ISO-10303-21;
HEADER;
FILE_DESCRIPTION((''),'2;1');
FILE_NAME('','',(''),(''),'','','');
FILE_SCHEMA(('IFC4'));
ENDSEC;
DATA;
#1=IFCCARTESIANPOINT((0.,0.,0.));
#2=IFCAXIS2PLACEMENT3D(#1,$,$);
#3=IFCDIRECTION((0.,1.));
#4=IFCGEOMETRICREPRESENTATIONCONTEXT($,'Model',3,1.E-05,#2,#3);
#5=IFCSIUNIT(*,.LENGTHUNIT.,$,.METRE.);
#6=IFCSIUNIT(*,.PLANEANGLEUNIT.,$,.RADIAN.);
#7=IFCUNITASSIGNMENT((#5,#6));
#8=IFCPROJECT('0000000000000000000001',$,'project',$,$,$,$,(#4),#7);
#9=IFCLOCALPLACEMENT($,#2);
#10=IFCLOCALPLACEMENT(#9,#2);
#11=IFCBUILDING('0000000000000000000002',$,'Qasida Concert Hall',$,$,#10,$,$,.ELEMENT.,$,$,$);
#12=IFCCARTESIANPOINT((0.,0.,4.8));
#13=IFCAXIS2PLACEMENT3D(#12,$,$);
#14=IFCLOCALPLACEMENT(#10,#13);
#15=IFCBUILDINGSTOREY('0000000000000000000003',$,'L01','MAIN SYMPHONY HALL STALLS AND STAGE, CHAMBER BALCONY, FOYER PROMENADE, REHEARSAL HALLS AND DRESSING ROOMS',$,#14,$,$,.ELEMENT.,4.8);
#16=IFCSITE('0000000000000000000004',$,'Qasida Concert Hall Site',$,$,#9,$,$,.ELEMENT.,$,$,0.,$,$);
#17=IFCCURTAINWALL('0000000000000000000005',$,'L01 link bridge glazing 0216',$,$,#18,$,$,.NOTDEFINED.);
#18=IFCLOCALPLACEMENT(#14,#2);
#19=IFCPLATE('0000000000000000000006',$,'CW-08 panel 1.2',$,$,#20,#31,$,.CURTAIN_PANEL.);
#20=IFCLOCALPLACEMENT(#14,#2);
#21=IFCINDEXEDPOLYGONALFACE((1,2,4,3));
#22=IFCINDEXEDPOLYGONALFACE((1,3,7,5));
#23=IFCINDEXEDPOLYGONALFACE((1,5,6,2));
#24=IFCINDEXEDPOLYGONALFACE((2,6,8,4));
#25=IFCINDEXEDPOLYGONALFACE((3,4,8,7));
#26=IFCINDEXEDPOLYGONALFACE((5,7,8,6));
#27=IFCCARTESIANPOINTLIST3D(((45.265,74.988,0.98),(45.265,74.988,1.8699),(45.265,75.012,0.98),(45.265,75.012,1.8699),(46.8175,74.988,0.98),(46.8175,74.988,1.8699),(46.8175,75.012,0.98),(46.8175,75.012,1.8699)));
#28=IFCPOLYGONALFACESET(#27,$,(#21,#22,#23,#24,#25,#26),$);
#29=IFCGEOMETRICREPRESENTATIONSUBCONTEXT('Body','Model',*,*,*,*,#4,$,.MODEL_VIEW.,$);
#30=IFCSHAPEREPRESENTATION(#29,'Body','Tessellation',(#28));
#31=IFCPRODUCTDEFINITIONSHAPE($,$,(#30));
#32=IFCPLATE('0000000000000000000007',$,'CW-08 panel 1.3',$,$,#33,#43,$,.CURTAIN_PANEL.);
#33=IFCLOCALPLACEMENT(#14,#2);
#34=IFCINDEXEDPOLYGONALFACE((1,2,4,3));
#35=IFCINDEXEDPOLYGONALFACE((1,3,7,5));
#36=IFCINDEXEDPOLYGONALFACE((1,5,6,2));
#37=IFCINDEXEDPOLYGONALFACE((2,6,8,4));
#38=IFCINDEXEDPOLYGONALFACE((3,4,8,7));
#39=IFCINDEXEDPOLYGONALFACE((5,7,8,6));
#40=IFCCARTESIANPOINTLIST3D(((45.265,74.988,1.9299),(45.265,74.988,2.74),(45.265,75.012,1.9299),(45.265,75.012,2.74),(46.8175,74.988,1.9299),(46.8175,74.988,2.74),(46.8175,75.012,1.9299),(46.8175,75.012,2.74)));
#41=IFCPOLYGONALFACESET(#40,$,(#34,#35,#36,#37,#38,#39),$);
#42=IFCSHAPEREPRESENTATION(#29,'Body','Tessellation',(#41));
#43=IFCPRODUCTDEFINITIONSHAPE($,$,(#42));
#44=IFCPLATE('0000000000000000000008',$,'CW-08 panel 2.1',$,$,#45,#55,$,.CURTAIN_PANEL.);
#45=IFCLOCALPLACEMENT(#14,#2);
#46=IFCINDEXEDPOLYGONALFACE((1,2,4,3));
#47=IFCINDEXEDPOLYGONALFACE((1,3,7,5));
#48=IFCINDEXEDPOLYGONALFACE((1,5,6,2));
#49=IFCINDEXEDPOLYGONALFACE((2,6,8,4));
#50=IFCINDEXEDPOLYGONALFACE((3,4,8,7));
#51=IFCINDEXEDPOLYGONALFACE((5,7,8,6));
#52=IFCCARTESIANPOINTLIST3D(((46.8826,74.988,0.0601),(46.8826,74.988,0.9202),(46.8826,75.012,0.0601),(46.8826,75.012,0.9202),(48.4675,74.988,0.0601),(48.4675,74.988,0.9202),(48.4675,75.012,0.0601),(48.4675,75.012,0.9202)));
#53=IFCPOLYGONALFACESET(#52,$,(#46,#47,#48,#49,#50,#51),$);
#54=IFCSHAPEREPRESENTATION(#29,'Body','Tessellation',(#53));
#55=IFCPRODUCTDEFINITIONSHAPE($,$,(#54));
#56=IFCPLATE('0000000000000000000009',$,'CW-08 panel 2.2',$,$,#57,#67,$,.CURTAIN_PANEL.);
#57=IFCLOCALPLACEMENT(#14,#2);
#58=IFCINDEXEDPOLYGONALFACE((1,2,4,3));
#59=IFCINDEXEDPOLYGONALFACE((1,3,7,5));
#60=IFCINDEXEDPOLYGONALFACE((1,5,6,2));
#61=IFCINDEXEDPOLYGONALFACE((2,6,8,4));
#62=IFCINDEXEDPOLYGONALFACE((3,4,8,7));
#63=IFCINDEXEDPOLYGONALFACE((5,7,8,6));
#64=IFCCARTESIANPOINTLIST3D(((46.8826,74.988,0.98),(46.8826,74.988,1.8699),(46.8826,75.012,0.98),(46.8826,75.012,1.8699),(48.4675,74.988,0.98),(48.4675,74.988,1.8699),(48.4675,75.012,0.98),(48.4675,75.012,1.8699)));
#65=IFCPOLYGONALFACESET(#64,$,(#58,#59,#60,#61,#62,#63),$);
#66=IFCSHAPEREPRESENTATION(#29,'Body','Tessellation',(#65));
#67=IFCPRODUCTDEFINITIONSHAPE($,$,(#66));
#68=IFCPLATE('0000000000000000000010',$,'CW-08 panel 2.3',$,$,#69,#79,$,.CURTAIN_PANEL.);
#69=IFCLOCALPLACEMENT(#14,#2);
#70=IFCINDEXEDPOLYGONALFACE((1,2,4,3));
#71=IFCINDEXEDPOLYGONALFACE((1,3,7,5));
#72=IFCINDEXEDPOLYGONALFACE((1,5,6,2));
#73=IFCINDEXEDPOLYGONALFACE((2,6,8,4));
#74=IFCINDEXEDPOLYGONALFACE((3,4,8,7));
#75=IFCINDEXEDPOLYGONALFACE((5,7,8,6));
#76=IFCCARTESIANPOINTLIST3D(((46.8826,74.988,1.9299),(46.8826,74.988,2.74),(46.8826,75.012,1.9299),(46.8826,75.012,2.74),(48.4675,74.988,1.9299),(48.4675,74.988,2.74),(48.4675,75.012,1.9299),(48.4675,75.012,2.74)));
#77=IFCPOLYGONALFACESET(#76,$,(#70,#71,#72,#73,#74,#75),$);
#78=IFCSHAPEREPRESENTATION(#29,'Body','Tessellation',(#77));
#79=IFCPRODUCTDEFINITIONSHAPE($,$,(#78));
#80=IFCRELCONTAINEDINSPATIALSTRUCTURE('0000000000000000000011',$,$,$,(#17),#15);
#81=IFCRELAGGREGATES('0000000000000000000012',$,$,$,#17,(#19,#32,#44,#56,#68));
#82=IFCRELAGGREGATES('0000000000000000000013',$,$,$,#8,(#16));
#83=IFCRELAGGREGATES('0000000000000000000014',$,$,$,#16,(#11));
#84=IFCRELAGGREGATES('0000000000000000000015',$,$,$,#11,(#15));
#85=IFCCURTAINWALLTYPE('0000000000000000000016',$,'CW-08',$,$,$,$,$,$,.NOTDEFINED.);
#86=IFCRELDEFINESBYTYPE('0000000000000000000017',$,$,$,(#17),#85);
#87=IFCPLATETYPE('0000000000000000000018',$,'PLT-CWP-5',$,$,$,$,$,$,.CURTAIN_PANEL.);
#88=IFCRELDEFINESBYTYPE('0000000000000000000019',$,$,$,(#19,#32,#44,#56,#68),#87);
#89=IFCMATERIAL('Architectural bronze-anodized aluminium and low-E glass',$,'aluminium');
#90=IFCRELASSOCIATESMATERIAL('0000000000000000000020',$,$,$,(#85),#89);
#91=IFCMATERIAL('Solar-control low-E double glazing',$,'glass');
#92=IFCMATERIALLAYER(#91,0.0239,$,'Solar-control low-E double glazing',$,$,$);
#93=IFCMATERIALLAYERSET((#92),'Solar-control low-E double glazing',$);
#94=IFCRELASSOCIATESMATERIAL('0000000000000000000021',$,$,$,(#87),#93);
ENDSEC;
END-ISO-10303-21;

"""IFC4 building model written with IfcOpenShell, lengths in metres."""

from ifc_helpers import new_model, si_unit, direction, frame, origin, origin_2d, place, context, subcontext, project, spatial, rectangle, extrude, material, layer, layer_set, type_object, element, aggregate, save


model = new_model("IFC4")

# Units and contexts
model_context = context("Model", 3, precision=1e-05, world=origin(), true_north=direction((0.0, 1.0)))
body_context = subcontext(model_context, "Body", "Model", "MODEL_VIEW")
ifc_project = project(units=[si_unit("LENGTHUNIT", "METRE"), si_unit("PLANEANGLEUNIT", "RADIAN")], contexts=[model_context])

# Site, building, storey
site_placement = place(None, origin())
site = spatial("IfcSite", under=ifc_project, at=site_placement, Name="Qasida Concert Hall Site", CompositionType="ELEMENT", RefElevation=0.0)
building_placement = place(site_placement, origin())
building = spatial("IfcBuilding", under=site, at=building_placement, Name="Qasida Concert Hall", CompositionType="ELEMENT")
storey_placement = place(building_placement, frame((0.0, 0.0, 4.8)))
storey = spatial("IfcBuildingStorey", under=building, at=storey_placement, Name="L01", Description="MAIN SYMPHONY HALL STALLS AND STAGE, CHAMBER BALCONY, FOYER PROMENADE, REHEARSAL HALLS AND DRESSING ROOMS", CompositionType="ELEMENT", Elevation=4.8)

# Shared definitions
ifc_material_1 = material(Name="Architectural bronze-anodized aluminium and low-E glass", Category="aluminium")
curtain_wall_type = type_object("IfcCurtainWallType", Name="CW-08", PredefinedType="NOTDEFINED", material=ifc_material_1)

# Curtain wall
curtain_wall_1_placement = place(storey_placement, origin())
curtain_wall_1 = element("IfcCurtainWall", 1, at=curtain_wall_1_placement, inside=storey, type_object=curtain_wall_type, Name="L01 link bridge glazing 0216", PredefinedType="NOTDEFINED")

# Plates
ifc_material_2 = material(Name="Solar-control low-E double glazing", Category="glass")
ifc_layer = layer(ifc_material_2, 0.0239, Name="Solar-control low-E double glazing")
ifc_layer_set = layer_set([ifc_layer], Name="Solar-control low-E double glazing")
plate_type = type_object("IfcPlateType", Name="PLT-CWP-5", PredefinedType="CURTAIN_PANEL", material=ifc_layer_set)
plate_1_placement = place(storey_placement, frame((46.0413, 75.0, 0.98), z_axis=(0.0, 0.0, 1.0), x_axis=(1.0, 0.0, 0.0)))
plate_1 = element("IfcPlate", 2, at=plate_1_placement, type_object=plate_type, Name="CW-08 panel 1.2", PredefinedType="CURTAIN_PANEL", context=body_context, shape_type="SweptSolid", body=[
    extrude(rectangle(XDim=1.5525, YDim=0.0239, at=origin_2d()), origin(), (0.0, 0.0, 1.0), 0.8899),
])
plate_2_placement = place(storey_placement, frame((46.0413, 75.0, 1.9299), z_axis=(0.0, 0.0, 1.0), x_axis=(1.0, 0.0, 0.0)))
plate_2 = element("IfcPlate", 3, at=plate_2_placement, type_object=plate_type, Name="CW-08 panel 1.3", PredefinedType="CURTAIN_PANEL", context=body_context, shape_type="SweptSolid", body=[
    extrude(rectangle(XDim=1.5525, YDim=0.0239, at=origin_2d()), origin(), (0.0, 0.0, 1.0), 0.8101),
])
plate_3_placement = place(storey_placement, frame((47.675, 75.0, 0.0601), z_axis=(0.0, 0.0, 1.0), x_axis=(1.0, 0.0, 0.0)))
plate_3 = element("IfcPlate", 4, at=plate_3_placement, type_object=plate_type, Name="CW-08 panel 2.1", PredefinedType="CURTAIN_PANEL", context=body_context, shape_type="SweptSolid", body=[
    extrude(rectangle(XDim=1.585, YDim=0.0239, at=origin_2d()), origin(), (0.0, 0.0, 1.0), 0.8601),
])
plate_4_placement = place(storey_placement, frame((47.675, 75.0, 0.98), z_axis=(0.0, 0.0, 1.0), x_axis=(1.0, 0.0, 0.0)))
plate_4 = element("IfcPlate", 5, at=plate_4_placement, type_object=plate_type, Name="CW-08 panel 2.2", PredefinedType="CURTAIN_PANEL", context=body_context, shape_type="SweptSolid", body=[
    extrude(rectangle(XDim=1.585, YDim=0.0239, at=origin_2d()), origin(), (0.0, 0.0, 1.0), 0.8899),
])
plate_5_placement = place(storey_placement, frame((47.675, 75.0, 1.9299), z_axis=(0.0, 0.0, 1.0), x_axis=(1.0, 0.0, 0.0)))
plate_5 = element("IfcPlate", 6, at=plate_5_placement, type_object=plate_type, Name="CW-08 panel 2.3", PredefinedType="CURTAIN_PANEL", context=body_context, shape_type="SweptSolid", body=[
    extrude(rectangle(XDim=1.585, YDim=0.0239, at=origin_2d()), origin(), (0.0, 0.0, 1.0), 0.8101),
])
aggregate(curtain_wall_1, [plate_1, plate_2, plate_3, plate_4, plate_5])

save(model, "model.ifc")
